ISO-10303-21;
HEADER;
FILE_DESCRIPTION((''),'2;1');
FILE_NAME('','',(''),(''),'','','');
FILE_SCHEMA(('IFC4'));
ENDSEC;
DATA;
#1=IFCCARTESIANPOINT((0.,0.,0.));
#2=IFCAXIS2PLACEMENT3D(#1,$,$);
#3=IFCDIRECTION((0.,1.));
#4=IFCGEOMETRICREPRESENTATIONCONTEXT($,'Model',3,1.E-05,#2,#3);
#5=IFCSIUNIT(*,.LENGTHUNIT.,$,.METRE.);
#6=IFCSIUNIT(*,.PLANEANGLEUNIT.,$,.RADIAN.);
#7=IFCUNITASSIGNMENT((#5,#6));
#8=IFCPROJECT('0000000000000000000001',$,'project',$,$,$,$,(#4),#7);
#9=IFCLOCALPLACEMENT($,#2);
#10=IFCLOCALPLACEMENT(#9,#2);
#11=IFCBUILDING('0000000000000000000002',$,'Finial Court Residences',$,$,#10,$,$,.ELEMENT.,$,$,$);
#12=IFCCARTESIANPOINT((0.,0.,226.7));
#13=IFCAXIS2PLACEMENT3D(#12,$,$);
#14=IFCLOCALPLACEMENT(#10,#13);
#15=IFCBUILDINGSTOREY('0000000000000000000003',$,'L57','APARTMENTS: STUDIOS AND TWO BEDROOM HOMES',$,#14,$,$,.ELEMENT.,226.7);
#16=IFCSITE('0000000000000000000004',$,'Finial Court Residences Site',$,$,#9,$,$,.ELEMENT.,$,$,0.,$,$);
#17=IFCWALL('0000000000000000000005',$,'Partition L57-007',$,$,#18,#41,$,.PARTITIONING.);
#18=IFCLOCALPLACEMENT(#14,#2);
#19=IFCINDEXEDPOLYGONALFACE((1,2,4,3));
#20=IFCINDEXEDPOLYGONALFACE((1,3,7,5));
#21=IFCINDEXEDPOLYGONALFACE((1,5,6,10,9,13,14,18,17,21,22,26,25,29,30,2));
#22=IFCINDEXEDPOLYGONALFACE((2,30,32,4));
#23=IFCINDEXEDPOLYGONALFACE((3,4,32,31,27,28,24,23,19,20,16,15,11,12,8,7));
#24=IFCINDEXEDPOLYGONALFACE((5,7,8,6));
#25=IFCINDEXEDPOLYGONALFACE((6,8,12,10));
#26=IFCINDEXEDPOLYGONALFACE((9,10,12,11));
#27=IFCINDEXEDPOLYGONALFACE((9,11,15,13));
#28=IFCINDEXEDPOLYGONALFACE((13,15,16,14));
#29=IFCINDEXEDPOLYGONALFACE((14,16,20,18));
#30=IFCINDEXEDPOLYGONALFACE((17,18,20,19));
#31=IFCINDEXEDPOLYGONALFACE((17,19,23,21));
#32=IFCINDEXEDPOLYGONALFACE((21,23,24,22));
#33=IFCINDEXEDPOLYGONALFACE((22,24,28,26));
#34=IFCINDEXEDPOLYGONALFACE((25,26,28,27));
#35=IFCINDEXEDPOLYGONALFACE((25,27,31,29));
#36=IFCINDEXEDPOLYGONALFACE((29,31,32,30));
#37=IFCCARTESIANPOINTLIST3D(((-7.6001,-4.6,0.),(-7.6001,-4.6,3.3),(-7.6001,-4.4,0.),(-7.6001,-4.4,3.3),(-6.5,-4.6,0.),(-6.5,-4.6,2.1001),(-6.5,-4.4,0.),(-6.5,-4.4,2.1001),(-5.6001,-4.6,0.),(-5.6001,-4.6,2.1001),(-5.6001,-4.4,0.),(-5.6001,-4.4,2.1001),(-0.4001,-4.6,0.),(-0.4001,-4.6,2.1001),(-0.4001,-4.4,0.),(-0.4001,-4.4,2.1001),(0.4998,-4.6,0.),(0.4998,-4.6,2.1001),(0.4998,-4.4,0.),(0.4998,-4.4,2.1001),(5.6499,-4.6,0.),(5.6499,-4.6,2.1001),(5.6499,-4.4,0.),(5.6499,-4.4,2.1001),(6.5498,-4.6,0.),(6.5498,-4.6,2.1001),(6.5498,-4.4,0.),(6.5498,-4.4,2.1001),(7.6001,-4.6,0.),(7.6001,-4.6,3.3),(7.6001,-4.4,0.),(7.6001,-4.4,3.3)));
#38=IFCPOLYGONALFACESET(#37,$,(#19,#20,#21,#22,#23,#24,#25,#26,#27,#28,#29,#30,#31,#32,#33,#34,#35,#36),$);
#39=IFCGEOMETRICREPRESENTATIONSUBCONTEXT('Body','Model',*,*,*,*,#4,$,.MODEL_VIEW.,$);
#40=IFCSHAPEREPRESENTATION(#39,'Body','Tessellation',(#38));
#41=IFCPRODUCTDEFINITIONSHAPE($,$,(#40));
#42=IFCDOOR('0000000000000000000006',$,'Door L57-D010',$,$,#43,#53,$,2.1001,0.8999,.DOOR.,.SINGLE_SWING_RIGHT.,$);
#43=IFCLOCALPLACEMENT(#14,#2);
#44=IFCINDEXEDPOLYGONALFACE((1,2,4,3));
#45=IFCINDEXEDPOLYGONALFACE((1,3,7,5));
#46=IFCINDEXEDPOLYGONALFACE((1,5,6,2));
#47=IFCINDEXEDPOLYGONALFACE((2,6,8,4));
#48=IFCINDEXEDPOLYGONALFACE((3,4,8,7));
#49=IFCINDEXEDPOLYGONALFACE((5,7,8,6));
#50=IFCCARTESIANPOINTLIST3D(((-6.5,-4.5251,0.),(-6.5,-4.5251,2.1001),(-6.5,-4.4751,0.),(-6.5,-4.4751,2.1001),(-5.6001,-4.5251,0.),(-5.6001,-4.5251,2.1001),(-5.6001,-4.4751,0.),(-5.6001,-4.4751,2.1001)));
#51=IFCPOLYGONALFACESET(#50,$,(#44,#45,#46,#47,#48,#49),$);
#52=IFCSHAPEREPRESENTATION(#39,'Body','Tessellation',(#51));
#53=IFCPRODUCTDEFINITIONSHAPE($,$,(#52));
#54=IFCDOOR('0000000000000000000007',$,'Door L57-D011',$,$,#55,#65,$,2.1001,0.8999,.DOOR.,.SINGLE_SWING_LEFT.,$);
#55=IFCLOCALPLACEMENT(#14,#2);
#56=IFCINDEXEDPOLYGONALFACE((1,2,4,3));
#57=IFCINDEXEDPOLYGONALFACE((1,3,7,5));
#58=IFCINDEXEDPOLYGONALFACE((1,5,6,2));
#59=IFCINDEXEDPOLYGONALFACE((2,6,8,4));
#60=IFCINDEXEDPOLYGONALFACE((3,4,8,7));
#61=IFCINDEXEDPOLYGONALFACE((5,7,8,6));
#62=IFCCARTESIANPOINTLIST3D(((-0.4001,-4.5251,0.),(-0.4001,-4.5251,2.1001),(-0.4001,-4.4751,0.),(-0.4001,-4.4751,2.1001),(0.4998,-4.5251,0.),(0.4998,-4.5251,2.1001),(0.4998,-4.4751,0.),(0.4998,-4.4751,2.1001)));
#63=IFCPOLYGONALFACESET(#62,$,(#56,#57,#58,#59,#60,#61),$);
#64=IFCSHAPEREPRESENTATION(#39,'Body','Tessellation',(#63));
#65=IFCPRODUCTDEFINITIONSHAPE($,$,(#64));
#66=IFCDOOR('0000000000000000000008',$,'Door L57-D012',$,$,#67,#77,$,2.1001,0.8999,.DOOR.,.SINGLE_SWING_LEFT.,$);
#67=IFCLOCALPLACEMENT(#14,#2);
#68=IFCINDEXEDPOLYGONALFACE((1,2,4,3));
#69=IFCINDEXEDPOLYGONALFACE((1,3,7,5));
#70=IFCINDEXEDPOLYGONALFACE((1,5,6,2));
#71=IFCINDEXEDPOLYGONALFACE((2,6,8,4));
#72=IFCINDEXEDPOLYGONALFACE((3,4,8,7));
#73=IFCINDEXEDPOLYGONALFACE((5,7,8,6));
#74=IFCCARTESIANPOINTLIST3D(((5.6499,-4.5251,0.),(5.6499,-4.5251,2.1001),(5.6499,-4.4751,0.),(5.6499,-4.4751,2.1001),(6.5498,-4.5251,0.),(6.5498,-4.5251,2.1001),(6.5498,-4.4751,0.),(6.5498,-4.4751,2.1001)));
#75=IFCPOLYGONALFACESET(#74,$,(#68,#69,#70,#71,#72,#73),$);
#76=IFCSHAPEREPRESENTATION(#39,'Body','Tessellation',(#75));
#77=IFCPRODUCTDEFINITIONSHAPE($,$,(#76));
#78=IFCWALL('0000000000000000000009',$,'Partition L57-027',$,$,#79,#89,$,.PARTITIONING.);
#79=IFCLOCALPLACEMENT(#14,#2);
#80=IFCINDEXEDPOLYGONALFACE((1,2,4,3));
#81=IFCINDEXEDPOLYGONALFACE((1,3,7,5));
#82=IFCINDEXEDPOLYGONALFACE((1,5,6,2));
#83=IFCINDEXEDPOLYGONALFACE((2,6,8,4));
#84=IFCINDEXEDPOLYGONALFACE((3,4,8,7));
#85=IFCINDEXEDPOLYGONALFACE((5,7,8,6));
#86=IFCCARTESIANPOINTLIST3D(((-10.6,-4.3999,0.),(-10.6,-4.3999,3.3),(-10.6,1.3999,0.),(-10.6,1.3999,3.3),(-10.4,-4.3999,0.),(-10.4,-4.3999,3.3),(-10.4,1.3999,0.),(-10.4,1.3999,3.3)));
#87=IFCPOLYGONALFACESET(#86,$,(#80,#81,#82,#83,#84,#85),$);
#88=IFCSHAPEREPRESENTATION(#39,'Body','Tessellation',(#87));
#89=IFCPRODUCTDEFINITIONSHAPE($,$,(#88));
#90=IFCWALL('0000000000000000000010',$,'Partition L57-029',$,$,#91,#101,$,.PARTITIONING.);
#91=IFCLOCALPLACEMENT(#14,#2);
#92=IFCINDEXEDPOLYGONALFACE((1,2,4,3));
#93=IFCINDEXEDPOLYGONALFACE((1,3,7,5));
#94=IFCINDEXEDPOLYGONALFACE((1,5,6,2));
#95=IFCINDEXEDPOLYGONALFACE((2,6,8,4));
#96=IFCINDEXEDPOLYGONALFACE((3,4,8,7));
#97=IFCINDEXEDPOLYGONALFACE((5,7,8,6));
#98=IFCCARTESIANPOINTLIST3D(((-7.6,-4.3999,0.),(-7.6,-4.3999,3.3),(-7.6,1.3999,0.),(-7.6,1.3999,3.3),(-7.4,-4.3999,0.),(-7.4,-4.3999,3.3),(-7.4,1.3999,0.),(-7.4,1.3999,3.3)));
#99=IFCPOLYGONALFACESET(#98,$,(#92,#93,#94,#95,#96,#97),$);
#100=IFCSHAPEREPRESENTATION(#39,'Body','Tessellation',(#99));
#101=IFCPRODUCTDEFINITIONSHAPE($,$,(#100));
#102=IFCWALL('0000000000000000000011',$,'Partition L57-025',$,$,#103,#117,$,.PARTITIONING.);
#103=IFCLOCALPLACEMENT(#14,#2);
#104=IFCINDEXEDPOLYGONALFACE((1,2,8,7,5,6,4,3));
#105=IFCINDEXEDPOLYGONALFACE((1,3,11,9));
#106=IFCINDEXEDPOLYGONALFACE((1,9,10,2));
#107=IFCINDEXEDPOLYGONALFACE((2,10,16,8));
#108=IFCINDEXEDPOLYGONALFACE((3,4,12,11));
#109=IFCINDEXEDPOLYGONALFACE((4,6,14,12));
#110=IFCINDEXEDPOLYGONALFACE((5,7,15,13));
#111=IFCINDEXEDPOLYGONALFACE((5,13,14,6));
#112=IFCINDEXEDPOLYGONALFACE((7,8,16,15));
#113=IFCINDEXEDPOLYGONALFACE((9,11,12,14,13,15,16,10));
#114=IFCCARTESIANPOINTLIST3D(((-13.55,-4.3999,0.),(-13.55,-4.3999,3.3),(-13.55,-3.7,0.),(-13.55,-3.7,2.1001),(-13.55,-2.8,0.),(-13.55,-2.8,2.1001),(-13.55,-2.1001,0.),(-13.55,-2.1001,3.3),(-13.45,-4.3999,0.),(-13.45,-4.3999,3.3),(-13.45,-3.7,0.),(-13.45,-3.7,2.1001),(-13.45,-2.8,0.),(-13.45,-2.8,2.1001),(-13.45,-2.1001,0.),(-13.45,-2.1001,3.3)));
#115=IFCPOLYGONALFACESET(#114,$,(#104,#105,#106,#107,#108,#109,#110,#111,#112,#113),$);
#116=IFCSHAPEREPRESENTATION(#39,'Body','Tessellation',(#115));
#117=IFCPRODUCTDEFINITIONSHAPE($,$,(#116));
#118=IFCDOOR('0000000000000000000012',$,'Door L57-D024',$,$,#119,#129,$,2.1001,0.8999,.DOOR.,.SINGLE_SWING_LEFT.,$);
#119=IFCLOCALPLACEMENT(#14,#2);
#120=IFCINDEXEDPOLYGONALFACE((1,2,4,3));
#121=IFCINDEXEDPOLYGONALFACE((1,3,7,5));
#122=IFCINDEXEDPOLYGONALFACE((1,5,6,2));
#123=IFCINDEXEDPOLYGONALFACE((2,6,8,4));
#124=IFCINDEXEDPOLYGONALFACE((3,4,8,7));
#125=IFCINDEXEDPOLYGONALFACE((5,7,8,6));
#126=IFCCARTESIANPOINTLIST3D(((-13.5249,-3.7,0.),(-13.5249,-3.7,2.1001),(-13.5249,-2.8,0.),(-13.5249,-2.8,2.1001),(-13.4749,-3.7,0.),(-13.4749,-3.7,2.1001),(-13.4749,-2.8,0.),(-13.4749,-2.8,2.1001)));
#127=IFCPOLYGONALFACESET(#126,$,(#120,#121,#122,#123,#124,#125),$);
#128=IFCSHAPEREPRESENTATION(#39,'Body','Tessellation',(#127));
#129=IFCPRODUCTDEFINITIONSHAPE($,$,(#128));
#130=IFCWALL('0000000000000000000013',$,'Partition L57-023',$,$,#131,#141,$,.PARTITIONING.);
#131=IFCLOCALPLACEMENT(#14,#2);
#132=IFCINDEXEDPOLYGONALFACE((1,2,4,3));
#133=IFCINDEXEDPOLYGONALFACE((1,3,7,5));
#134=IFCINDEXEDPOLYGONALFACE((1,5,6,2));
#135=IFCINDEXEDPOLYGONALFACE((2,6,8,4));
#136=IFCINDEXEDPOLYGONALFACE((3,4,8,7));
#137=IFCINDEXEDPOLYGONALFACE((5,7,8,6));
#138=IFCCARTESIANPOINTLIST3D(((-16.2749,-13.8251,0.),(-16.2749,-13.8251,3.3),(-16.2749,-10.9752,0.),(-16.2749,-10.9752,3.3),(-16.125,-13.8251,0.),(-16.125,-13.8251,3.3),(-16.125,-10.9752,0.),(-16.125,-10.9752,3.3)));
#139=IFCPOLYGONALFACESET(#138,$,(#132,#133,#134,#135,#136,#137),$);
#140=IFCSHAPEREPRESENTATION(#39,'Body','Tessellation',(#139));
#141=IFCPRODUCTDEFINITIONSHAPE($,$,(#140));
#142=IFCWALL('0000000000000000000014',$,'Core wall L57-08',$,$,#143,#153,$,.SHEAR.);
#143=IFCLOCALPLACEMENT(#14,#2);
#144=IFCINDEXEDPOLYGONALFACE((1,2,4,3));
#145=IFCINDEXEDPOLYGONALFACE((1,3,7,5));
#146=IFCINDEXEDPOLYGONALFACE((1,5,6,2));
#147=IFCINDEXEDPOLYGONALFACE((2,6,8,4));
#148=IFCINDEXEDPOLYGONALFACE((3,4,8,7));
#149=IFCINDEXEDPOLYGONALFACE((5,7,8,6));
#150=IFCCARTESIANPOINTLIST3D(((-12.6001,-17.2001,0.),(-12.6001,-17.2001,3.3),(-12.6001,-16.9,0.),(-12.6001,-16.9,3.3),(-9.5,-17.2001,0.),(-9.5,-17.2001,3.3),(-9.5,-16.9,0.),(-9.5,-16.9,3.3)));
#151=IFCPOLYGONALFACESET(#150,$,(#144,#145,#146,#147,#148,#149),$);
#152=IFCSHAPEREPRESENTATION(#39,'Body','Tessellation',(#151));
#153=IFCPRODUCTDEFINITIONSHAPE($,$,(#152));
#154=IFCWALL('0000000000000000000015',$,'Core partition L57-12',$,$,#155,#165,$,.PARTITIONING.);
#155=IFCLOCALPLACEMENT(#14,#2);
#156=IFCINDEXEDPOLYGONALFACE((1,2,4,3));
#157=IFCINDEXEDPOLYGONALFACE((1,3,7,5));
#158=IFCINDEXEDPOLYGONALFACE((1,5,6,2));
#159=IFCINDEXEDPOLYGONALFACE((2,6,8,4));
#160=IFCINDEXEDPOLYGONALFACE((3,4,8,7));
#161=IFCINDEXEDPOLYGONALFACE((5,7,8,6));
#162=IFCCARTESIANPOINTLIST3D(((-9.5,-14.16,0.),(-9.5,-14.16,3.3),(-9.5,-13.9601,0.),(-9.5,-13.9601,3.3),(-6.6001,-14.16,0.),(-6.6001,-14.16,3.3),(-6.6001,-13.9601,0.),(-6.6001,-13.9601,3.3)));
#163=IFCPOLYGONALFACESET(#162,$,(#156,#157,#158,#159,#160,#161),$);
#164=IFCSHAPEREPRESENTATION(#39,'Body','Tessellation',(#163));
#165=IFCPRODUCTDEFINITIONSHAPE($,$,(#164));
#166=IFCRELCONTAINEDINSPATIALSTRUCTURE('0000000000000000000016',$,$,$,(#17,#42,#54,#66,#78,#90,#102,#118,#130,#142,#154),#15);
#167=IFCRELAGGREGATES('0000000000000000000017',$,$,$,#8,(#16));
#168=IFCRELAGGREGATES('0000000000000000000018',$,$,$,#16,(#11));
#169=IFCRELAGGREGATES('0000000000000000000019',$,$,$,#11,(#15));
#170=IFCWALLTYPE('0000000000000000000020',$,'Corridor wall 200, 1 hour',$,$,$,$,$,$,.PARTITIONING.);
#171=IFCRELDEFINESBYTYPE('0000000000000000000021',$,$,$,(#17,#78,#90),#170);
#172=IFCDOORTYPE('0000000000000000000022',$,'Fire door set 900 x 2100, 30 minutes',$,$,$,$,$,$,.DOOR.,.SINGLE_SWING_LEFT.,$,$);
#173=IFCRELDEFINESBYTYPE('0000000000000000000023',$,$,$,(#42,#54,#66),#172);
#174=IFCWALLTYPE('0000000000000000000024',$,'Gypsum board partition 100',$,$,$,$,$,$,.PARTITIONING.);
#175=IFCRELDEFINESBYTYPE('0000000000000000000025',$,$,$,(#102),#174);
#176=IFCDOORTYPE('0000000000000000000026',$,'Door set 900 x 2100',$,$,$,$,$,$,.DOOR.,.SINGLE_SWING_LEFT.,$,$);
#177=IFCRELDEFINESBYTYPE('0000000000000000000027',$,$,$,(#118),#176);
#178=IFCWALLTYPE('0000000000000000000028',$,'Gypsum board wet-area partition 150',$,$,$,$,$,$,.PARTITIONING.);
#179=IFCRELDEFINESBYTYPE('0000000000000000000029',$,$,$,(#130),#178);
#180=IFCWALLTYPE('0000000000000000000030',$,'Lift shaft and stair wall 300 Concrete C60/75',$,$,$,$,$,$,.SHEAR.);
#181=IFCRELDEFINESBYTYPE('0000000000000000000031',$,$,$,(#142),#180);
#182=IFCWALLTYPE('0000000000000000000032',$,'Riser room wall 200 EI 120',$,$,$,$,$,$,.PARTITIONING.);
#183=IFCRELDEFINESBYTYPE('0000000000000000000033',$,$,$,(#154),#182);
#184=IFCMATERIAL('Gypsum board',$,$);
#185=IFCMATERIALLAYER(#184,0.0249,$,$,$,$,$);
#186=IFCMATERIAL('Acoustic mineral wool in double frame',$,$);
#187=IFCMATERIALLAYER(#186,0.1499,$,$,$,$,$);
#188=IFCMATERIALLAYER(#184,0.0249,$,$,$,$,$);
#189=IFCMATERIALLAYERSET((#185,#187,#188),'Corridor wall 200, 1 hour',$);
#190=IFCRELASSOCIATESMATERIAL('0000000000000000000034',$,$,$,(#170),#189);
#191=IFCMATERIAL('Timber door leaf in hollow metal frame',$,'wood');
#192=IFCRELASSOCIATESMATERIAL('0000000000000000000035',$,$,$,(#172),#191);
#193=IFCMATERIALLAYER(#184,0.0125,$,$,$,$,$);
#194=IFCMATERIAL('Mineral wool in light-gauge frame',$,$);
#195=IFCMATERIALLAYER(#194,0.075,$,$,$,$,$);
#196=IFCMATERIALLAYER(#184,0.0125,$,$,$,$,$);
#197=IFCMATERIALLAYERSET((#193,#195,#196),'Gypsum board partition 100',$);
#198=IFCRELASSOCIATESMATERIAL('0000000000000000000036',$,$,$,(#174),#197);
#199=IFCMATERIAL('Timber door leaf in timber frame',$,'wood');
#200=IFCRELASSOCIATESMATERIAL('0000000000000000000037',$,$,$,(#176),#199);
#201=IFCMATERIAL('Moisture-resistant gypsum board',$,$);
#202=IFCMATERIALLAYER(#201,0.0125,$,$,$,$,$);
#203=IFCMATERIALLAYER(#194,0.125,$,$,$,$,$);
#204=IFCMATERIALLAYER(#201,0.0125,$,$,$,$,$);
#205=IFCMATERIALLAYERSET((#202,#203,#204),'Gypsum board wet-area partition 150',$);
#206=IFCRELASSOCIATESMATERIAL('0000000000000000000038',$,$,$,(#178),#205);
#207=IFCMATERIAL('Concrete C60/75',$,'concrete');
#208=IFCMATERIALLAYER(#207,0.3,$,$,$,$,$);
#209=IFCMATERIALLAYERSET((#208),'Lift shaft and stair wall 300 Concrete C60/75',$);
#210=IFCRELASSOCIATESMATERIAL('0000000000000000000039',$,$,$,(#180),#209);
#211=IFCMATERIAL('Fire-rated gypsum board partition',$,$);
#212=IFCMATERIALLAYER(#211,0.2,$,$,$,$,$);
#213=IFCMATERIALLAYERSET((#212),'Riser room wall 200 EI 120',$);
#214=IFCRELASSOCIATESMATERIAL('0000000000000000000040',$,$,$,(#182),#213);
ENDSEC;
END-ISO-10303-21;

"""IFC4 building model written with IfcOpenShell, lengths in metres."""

from ifc_helpers import new_model, si_unit, direction, frame, frame_2d, origin, place, context, subcontext, project, spatial, rectangle, extrude, material, layer, layer_set, type_object, element, fill, save


model = new_model("IFC4")

# Units and contexts
model_context = context("Model", 3, precision=1e-05, world=origin(), true_north=direction((0.0, 1.0)))
body_context = subcontext(model_context, "Body", "Model", "MODEL_VIEW")
ifc_project = project(units=[si_unit("LENGTHUNIT", "METRE"), si_unit("PLANEANGLEUNIT", "RADIAN")], contexts=[model_context])

# Site, building, storey
site_placement = place(None, origin())
site = spatial("IfcSite", under=ifc_project, at=site_placement, Name="Finial Court Residences Site", CompositionType="ELEMENT", RefElevation=0.0)
building_placement = place(site_placement, origin())
building = spatial("IfcBuilding", under=site, at=building_placement, Name="Finial Court Residences", CompositionType="ELEMENT")
storey_placement = place(building_placement, frame((0.0, 0.0, 226.7)))
storey = spatial("IfcBuildingStorey", under=building, at=storey_placement, Name="L57", Description="APARTMENTS: STUDIOS AND TWO BEDROOM HOMES", CompositionType="ELEMENT", Elevation=226.7)

# Shared definitions
ifc_material_1 = material(Name="Concrete C60/75", Category="concrete")

# Shared definitions
ifc_material_2 = material(Name="Fire-rated gypsum board partition")

# Wall, openings, doors
ifc_material_3 = material(Name="Gypsum board")
ifc_layer_1 = layer(ifc_material_3, 0.0249)
ifc_material_4 = material(Name="Acoustic mineral wool in double frame")
ifc_layer_2 = layer(ifc_material_4, 0.1499)
ifc_layer_3 = layer(ifc_material_3, 0.0249)
ifc_layer_set_1 = layer_set([ifc_layer_1, ifc_layer_2, ifc_layer_3], Name="Corridor wall 200, 1 hour")
wall_type_1 = type_object("IfcWallType", Name="Corridor wall 200, 1 hour", PredefinedType="PARTITIONING", material=ifc_layer_set_1)
wall_1_placement = place(storey_placement, frame((-7.6001, -4.5, 0.0), z_axis=(0.0, 0.0, 1.0), x_axis=(1.0, 0.0, 0.0)))
wall_1 = element("IfcWall", 1, at=wall_1_placement, inside=storey, type_object=wall_type_1, Name="Partition L57-007", PredefinedType="PARTITIONING", context=body_context, shape_type="SweptSolid", body=[
    extrude(rectangle(XDim=15.2002, YDim=0.2, at=frame_2d((7.6001, 0.0))), origin(), (0.0, 0.0, 1.0), 3.3),
])
opening_1_placement = place(wall_1_placement, frame((1.1001, 0.0, 0.0)))
opening_1 = element("IfcOpeningElement", 2, at=opening_1_placement, cuts=wall_1, PredefinedType="OPENING", context=body_context, shape_type="SweptSolid", body=[
    extrude(rectangle(XDim=0.8999, YDim=2.1001, at=frame_2d((0.45, 1.05))), frame((0.0, 0.1099, 0.0), z_axis=(0.0, -1.0, 0.0), x_axis=(1.0, 0.0, 0.0)), (0.0, 0.0, 1.0), 0.22),
])
opening_2_placement = place(wall_1_placement, frame((7.2, 0.0, 0.0)))
opening_2 = element("IfcOpeningElement", 3, at=opening_2_placement, cuts=wall_1, PredefinedType="OPENING", context=body_context, shape_type="SweptSolid", body=[
    extrude(rectangle(XDim=0.8999, YDim=2.1001, at=frame_2d((0.45, 1.05))), frame((0.0, 0.1099, 0.0), z_axis=(0.0, -1.0, 0.0), x_axis=(1.0, 0.0, 0.0)), (0.0, 0.0, 1.0), 0.22),
])
opening_3_placement = place(wall_1_placement, frame((13.25, 0.0, 0.0)))
opening_3 = element("IfcOpeningElement", 4, at=opening_3_placement, cuts=wall_1, PredefinedType="OPENING", context=body_context, shape_type="SweptSolid", body=[
    extrude(rectangle(XDim=0.8999, YDim=2.1001, at=frame_2d((0.45, 1.05))), frame((0.0, 0.1099, 0.0), z_axis=(0.0, -1.0, 0.0), x_axis=(1.0, 0.0, 0.0)), (0.0, 0.0, 1.0), 0.22),
])
ifc_material_5 = material(Name="Timber door leaf in hollow metal frame", Category="wood")
door_type_1 = type_object("IfcDoorType", Name="Fire door set 900 x 2100, 30 minutes", OperationType="SINGLE_SWING_LEFT", PredefinedType="DOOR", material=ifc_material_5)
door_1_placement = place(opening_1_placement, origin())
door_1 = element("IfcDoor", 5, at=door_1_placement, inside=storey, type_object=door_type_1, Name="Door L57-D010", OperationType="SINGLE_SWING_RIGHT", OverallHeight=2.1001, OverallWidth=0.8999, PredefinedType="DOOR", context=body_context, shape_type="SweptSolid", body=[
    extrude(rectangle(XDim=0.8999, YDim=2.1001, at=frame_2d((0.45, 1.05))), frame((0.0, 0.0249, 0.0), z_axis=(0.0, -1.0, 0.0), x_axis=(1.0, 0.0, 0.0)), (0.0, 0.0, 1.0), 0.05),
])
fill(opening_1, door_1)
door_2_placement = place(opening_2_placement, origin())
door_2 = element("IfcDoor", 6, at=door_2_placement, inside=storey, type_object=door_type_1, Name="Door L57-D011", OperationType="SINGLE_SWING_LEFT", OverallHeight=2.1001, OverallWidth=0.8999, PredefinedType="DOOR", context=body_context, shape_type="SweptSolid", body=[
    extrude(rectangle(XDim=0.8999, YDim=2.1001, at=frame_2d((0.45, 1.05))), frame((0.0, 0.0249, 0.0), z_axis=(0.0, -1.0, 0.0), x_axis=(1.0, 0.0, 0.0)), (0.0, 0.0, 1.0), 0.05),
])
fill(opening_2, door_2)
door_3_placement = place(opening_3_placement, origin())
door_3 = element("IfcDoor", 7, at=door_3_placement, inside=storey, type_object=door_type_1, Name="Door L57-D012", OperationType="SINGLE_SWING_LEFT", OverallHeight=2.1001, OverallWidth=0.8999, PredefinedType="DOOR", context=body_context, shape_type="SweptSolid", body=[
    extrude(rectangle(XDim=0.8999, YDim=2.1001, at=frame_2d((0.45, 1.05))), frame((0.0, 0.0249, 0.0), z_axis=(0.0, -1.0, 0.0), x_axis=(1.0, 0.0, 0.0)), (0.0, 0.0, 1.0), 0.05),
])
fill(opening_3, door_3)

# Walls
for number, where, z_axis, x_axis, name in (
    (8, (-10.5, -4.3999, 0.0), (0.0, 0.0, 1.0), (0.0, 1.0, 0.0), "Partition L57-027"),
    (9, (-7.5, -4.3999, 0.0), (0.0, 0.0, 1.0), (0.0, 1.0, 0.0), "Partition L57-029"),
):
    element("IfcWall", number, at=place(storey_placement, frame(where, z_axis=z_axis, x_axis=x_axis)), inside=storey, type_object=wall_type_1, Name=name, PredefinedType="PARTITIONING", context=body_context, shape_type="SweptSolid", body=[
        extrude(rectangle(XDim=5.7998, YDim=0.2, at=frame_2d((2.8999, 0.0))), origin(), (0.0, 0.0, 1.0), 3.3),
    ])

# Wall, opening, door
ifc_layer_4 = layer(ifc_material_3, 0.0125)
ifc_material_6 = material(Name="Mineral wool in light-gauge frame")
ifc_layer_5 = layer(ifc_material_6, 0.075)
ifc_layer_6 = layer(ifc_material_3, 0.0125)
ifc_layer_set_2 = layer_set([ifc_layer_4, ifc_layer_5, ifc_layer_6], Name="Gypsum board partition 100")
wall_type_2 = type_object("IfcWallType", Name="Gypsum board partition 100", PredefinedType="PARTITIONING", material=ifc_layer_set_2)
wall_2_placement = place(storey_placement, frame((-13.5, -4.3999, 0.0), z_axis=(0.0, 0.0, 1.0), x_axis=(0.0, 1.0, 0.0)))
wall_2 = element("IfcWall", 10, at=wall_2_placement, inside=storey, type_object=wall_type_2, Name="Partition L57-025", PredefinedType="PARTITIONING", context=body_context, shape_type="SweptSolid", body=[
    extrude(rectangle(XDim=2.2998, YDim=0.1001, at=frame_2d((1.1499, 0.0))), origin(), (0.0, 0.0, 1.0), 3.3),
])
opening_4_placement = place(wall_2_placement, frame((0.7, 0.0, 0.0)))
opening_4 = element("IfcOpeningElement", 11, at=opening_4_placement, cuts=wall_2, PredefinedType="OPENING", context=body_context, shape_type="SweptSolid", body=[
    extrude(rectangle(XDim=0.8999, YDim=2.1001, at=frame_2d((0.45, 1.05))), frame((0.0, 0.0601, 0.0), z_axis=(0.0, -1.0, 0.0), x_axis=(1.0, 0.0, 0.0)), (0.0, 0.0, 1.0), 0.1201),
])
ifc_material_7 = material(Name="Timber door leaf in timber frame", Category="wood")
door_type_2 = type_object("IfcDoorType", Name="Door set 900 x 2100", OperationType="SINGLE_SWING_LEFT", PredefinedType="DOOR", material=ifc_material_7)
door_4_placement = place(opening_4_placement, origin())
door_4 = element("IfcDoor", 12, at=door_4_placement, inside=storey, type_object=door_type_2, Name="Door L57-D024", OperationType="SINGLE_SWING_LEFT", OverallHeight=2.1001, OverallWidth=0.8999, PredefinedType="DOOR", context=body_context, shape_type="SweptSolid", body=[
    extrude(rectangle(XDim=0.8999, YDim=2.1001, at=frame_2d((0.45, 1.05))), frame((0.0, 0.0249, 0.0), z_axis=(0.0, -1.0, 0.0), x_axis=(1.0, 0.0, 0.0)), (0.0, 0.0, 1.0), 0.05),
])
fill(opening_4, door_4)

# Walls
ifc_material_8 = material(Name="Moisture-resistant gypsum board")
ifc_layer_7 = layer(ifc_material_8, 0.0125)
ifc_layer_8 = layer(ifc_material_6, 0.125)
ifc_layer_9 = layer(ifc_material_8, 0.0125)
ifc_layer_set_3 = layer_set([ifc_layer_7, ifc_layer_8, ifc_layer_9], Name="Gypsum board wet-area partition 150")
wall_type_3 = type_object("IfcWallType", Name="Gypsum board wet-area partition 150", PredefinedType="PARTITIONING", material=ifc_layer_set_3)
wall_3_placement = place(storey_placement, frame((-16.2, -13.825, 0.0), z_axis=(0.0, 0.0, 1.0), x_axis=(0.0, 1.0, 0.0)))
element("IfcWall", 13, at=wall_3_placement, inside=storey, type_object=wall_type_3, Name="Partition L57-023", PredefinedType="PARTITIONING", context=body_context, shape_type="SweptSolid", body=[
    extrude(rectangle(XDim=2.8499, YDim=0.1499, at=frame_2d((1.4248, 0.0))), origin(), (0.0, 0.0, 1.0), 3.3),
])
ifc_layer_10 = layer(ifc_material_1, 0.3)
ifc_layer_set_4 = layer_set([ifc_layer_10], Name="Lift shaft and stair wall 300 Concrete C60/75")
wall_type_4 = type_object("IfcWallType", Name="Lift shaft and stair wall 300 Concrete C60/75", PredefinedType="SHEAR", material=ifc_layer_set_4)
wall_4_placement = place(storey_placement, frame((-12.6001, -17.05, 0.0), z_axis=(0.0, 0.0, 1.0), x_axis=(1.0, 0.0, 0.0)))
element("IfcWall", 14, at=wall_4_placement, inside=storey, type_object=wall_type_4, Name="Core wall L57-08", PredefinedType="SHEAR", context=body_context, shape_type="SweptSolid", body=[
    extrude(rectangle(XDim=3.1001, YDim=0.3, at=frame_2d((1.55, 0.0))), origin(), (0.0, 0.0, 1.0), 3.3),
])
ifc_layer_11 = layer(ifc_material_2, 0.2)
ifc_layer_set_5 = layer_set([ifc_layer_11], Name="Riser room wall 200 EI 120")
wall_type_5 = type_object("IfcWallType", Name="Riser room wall 200 EI 120", PredefinedType="PARTITIONING", material=ifc_layer_set_5)
wall_5_placement = place(storey_placement, frame((-9.5, -14.0601, 0.0), z_axis=(0.0, 0.0, 1.0), x_axis=(1.0, 0.0, 0.0)))
element("IfcWall", 15, at=wall_5_placement, inside=storey, type_object=wall_type_5, Name="Core partition L57-12", PredefinedType="PARTITIONING", context=body_context, shape_type="SweptSolid", body=[
    extrude(rectangle(XDim=2.8999, YDim=0.2, at=frame_2d((1.45, 0.0))), origin(), (0.0, 0.0, 1.0), 3.3),
])

save(model, "model.ifc")
